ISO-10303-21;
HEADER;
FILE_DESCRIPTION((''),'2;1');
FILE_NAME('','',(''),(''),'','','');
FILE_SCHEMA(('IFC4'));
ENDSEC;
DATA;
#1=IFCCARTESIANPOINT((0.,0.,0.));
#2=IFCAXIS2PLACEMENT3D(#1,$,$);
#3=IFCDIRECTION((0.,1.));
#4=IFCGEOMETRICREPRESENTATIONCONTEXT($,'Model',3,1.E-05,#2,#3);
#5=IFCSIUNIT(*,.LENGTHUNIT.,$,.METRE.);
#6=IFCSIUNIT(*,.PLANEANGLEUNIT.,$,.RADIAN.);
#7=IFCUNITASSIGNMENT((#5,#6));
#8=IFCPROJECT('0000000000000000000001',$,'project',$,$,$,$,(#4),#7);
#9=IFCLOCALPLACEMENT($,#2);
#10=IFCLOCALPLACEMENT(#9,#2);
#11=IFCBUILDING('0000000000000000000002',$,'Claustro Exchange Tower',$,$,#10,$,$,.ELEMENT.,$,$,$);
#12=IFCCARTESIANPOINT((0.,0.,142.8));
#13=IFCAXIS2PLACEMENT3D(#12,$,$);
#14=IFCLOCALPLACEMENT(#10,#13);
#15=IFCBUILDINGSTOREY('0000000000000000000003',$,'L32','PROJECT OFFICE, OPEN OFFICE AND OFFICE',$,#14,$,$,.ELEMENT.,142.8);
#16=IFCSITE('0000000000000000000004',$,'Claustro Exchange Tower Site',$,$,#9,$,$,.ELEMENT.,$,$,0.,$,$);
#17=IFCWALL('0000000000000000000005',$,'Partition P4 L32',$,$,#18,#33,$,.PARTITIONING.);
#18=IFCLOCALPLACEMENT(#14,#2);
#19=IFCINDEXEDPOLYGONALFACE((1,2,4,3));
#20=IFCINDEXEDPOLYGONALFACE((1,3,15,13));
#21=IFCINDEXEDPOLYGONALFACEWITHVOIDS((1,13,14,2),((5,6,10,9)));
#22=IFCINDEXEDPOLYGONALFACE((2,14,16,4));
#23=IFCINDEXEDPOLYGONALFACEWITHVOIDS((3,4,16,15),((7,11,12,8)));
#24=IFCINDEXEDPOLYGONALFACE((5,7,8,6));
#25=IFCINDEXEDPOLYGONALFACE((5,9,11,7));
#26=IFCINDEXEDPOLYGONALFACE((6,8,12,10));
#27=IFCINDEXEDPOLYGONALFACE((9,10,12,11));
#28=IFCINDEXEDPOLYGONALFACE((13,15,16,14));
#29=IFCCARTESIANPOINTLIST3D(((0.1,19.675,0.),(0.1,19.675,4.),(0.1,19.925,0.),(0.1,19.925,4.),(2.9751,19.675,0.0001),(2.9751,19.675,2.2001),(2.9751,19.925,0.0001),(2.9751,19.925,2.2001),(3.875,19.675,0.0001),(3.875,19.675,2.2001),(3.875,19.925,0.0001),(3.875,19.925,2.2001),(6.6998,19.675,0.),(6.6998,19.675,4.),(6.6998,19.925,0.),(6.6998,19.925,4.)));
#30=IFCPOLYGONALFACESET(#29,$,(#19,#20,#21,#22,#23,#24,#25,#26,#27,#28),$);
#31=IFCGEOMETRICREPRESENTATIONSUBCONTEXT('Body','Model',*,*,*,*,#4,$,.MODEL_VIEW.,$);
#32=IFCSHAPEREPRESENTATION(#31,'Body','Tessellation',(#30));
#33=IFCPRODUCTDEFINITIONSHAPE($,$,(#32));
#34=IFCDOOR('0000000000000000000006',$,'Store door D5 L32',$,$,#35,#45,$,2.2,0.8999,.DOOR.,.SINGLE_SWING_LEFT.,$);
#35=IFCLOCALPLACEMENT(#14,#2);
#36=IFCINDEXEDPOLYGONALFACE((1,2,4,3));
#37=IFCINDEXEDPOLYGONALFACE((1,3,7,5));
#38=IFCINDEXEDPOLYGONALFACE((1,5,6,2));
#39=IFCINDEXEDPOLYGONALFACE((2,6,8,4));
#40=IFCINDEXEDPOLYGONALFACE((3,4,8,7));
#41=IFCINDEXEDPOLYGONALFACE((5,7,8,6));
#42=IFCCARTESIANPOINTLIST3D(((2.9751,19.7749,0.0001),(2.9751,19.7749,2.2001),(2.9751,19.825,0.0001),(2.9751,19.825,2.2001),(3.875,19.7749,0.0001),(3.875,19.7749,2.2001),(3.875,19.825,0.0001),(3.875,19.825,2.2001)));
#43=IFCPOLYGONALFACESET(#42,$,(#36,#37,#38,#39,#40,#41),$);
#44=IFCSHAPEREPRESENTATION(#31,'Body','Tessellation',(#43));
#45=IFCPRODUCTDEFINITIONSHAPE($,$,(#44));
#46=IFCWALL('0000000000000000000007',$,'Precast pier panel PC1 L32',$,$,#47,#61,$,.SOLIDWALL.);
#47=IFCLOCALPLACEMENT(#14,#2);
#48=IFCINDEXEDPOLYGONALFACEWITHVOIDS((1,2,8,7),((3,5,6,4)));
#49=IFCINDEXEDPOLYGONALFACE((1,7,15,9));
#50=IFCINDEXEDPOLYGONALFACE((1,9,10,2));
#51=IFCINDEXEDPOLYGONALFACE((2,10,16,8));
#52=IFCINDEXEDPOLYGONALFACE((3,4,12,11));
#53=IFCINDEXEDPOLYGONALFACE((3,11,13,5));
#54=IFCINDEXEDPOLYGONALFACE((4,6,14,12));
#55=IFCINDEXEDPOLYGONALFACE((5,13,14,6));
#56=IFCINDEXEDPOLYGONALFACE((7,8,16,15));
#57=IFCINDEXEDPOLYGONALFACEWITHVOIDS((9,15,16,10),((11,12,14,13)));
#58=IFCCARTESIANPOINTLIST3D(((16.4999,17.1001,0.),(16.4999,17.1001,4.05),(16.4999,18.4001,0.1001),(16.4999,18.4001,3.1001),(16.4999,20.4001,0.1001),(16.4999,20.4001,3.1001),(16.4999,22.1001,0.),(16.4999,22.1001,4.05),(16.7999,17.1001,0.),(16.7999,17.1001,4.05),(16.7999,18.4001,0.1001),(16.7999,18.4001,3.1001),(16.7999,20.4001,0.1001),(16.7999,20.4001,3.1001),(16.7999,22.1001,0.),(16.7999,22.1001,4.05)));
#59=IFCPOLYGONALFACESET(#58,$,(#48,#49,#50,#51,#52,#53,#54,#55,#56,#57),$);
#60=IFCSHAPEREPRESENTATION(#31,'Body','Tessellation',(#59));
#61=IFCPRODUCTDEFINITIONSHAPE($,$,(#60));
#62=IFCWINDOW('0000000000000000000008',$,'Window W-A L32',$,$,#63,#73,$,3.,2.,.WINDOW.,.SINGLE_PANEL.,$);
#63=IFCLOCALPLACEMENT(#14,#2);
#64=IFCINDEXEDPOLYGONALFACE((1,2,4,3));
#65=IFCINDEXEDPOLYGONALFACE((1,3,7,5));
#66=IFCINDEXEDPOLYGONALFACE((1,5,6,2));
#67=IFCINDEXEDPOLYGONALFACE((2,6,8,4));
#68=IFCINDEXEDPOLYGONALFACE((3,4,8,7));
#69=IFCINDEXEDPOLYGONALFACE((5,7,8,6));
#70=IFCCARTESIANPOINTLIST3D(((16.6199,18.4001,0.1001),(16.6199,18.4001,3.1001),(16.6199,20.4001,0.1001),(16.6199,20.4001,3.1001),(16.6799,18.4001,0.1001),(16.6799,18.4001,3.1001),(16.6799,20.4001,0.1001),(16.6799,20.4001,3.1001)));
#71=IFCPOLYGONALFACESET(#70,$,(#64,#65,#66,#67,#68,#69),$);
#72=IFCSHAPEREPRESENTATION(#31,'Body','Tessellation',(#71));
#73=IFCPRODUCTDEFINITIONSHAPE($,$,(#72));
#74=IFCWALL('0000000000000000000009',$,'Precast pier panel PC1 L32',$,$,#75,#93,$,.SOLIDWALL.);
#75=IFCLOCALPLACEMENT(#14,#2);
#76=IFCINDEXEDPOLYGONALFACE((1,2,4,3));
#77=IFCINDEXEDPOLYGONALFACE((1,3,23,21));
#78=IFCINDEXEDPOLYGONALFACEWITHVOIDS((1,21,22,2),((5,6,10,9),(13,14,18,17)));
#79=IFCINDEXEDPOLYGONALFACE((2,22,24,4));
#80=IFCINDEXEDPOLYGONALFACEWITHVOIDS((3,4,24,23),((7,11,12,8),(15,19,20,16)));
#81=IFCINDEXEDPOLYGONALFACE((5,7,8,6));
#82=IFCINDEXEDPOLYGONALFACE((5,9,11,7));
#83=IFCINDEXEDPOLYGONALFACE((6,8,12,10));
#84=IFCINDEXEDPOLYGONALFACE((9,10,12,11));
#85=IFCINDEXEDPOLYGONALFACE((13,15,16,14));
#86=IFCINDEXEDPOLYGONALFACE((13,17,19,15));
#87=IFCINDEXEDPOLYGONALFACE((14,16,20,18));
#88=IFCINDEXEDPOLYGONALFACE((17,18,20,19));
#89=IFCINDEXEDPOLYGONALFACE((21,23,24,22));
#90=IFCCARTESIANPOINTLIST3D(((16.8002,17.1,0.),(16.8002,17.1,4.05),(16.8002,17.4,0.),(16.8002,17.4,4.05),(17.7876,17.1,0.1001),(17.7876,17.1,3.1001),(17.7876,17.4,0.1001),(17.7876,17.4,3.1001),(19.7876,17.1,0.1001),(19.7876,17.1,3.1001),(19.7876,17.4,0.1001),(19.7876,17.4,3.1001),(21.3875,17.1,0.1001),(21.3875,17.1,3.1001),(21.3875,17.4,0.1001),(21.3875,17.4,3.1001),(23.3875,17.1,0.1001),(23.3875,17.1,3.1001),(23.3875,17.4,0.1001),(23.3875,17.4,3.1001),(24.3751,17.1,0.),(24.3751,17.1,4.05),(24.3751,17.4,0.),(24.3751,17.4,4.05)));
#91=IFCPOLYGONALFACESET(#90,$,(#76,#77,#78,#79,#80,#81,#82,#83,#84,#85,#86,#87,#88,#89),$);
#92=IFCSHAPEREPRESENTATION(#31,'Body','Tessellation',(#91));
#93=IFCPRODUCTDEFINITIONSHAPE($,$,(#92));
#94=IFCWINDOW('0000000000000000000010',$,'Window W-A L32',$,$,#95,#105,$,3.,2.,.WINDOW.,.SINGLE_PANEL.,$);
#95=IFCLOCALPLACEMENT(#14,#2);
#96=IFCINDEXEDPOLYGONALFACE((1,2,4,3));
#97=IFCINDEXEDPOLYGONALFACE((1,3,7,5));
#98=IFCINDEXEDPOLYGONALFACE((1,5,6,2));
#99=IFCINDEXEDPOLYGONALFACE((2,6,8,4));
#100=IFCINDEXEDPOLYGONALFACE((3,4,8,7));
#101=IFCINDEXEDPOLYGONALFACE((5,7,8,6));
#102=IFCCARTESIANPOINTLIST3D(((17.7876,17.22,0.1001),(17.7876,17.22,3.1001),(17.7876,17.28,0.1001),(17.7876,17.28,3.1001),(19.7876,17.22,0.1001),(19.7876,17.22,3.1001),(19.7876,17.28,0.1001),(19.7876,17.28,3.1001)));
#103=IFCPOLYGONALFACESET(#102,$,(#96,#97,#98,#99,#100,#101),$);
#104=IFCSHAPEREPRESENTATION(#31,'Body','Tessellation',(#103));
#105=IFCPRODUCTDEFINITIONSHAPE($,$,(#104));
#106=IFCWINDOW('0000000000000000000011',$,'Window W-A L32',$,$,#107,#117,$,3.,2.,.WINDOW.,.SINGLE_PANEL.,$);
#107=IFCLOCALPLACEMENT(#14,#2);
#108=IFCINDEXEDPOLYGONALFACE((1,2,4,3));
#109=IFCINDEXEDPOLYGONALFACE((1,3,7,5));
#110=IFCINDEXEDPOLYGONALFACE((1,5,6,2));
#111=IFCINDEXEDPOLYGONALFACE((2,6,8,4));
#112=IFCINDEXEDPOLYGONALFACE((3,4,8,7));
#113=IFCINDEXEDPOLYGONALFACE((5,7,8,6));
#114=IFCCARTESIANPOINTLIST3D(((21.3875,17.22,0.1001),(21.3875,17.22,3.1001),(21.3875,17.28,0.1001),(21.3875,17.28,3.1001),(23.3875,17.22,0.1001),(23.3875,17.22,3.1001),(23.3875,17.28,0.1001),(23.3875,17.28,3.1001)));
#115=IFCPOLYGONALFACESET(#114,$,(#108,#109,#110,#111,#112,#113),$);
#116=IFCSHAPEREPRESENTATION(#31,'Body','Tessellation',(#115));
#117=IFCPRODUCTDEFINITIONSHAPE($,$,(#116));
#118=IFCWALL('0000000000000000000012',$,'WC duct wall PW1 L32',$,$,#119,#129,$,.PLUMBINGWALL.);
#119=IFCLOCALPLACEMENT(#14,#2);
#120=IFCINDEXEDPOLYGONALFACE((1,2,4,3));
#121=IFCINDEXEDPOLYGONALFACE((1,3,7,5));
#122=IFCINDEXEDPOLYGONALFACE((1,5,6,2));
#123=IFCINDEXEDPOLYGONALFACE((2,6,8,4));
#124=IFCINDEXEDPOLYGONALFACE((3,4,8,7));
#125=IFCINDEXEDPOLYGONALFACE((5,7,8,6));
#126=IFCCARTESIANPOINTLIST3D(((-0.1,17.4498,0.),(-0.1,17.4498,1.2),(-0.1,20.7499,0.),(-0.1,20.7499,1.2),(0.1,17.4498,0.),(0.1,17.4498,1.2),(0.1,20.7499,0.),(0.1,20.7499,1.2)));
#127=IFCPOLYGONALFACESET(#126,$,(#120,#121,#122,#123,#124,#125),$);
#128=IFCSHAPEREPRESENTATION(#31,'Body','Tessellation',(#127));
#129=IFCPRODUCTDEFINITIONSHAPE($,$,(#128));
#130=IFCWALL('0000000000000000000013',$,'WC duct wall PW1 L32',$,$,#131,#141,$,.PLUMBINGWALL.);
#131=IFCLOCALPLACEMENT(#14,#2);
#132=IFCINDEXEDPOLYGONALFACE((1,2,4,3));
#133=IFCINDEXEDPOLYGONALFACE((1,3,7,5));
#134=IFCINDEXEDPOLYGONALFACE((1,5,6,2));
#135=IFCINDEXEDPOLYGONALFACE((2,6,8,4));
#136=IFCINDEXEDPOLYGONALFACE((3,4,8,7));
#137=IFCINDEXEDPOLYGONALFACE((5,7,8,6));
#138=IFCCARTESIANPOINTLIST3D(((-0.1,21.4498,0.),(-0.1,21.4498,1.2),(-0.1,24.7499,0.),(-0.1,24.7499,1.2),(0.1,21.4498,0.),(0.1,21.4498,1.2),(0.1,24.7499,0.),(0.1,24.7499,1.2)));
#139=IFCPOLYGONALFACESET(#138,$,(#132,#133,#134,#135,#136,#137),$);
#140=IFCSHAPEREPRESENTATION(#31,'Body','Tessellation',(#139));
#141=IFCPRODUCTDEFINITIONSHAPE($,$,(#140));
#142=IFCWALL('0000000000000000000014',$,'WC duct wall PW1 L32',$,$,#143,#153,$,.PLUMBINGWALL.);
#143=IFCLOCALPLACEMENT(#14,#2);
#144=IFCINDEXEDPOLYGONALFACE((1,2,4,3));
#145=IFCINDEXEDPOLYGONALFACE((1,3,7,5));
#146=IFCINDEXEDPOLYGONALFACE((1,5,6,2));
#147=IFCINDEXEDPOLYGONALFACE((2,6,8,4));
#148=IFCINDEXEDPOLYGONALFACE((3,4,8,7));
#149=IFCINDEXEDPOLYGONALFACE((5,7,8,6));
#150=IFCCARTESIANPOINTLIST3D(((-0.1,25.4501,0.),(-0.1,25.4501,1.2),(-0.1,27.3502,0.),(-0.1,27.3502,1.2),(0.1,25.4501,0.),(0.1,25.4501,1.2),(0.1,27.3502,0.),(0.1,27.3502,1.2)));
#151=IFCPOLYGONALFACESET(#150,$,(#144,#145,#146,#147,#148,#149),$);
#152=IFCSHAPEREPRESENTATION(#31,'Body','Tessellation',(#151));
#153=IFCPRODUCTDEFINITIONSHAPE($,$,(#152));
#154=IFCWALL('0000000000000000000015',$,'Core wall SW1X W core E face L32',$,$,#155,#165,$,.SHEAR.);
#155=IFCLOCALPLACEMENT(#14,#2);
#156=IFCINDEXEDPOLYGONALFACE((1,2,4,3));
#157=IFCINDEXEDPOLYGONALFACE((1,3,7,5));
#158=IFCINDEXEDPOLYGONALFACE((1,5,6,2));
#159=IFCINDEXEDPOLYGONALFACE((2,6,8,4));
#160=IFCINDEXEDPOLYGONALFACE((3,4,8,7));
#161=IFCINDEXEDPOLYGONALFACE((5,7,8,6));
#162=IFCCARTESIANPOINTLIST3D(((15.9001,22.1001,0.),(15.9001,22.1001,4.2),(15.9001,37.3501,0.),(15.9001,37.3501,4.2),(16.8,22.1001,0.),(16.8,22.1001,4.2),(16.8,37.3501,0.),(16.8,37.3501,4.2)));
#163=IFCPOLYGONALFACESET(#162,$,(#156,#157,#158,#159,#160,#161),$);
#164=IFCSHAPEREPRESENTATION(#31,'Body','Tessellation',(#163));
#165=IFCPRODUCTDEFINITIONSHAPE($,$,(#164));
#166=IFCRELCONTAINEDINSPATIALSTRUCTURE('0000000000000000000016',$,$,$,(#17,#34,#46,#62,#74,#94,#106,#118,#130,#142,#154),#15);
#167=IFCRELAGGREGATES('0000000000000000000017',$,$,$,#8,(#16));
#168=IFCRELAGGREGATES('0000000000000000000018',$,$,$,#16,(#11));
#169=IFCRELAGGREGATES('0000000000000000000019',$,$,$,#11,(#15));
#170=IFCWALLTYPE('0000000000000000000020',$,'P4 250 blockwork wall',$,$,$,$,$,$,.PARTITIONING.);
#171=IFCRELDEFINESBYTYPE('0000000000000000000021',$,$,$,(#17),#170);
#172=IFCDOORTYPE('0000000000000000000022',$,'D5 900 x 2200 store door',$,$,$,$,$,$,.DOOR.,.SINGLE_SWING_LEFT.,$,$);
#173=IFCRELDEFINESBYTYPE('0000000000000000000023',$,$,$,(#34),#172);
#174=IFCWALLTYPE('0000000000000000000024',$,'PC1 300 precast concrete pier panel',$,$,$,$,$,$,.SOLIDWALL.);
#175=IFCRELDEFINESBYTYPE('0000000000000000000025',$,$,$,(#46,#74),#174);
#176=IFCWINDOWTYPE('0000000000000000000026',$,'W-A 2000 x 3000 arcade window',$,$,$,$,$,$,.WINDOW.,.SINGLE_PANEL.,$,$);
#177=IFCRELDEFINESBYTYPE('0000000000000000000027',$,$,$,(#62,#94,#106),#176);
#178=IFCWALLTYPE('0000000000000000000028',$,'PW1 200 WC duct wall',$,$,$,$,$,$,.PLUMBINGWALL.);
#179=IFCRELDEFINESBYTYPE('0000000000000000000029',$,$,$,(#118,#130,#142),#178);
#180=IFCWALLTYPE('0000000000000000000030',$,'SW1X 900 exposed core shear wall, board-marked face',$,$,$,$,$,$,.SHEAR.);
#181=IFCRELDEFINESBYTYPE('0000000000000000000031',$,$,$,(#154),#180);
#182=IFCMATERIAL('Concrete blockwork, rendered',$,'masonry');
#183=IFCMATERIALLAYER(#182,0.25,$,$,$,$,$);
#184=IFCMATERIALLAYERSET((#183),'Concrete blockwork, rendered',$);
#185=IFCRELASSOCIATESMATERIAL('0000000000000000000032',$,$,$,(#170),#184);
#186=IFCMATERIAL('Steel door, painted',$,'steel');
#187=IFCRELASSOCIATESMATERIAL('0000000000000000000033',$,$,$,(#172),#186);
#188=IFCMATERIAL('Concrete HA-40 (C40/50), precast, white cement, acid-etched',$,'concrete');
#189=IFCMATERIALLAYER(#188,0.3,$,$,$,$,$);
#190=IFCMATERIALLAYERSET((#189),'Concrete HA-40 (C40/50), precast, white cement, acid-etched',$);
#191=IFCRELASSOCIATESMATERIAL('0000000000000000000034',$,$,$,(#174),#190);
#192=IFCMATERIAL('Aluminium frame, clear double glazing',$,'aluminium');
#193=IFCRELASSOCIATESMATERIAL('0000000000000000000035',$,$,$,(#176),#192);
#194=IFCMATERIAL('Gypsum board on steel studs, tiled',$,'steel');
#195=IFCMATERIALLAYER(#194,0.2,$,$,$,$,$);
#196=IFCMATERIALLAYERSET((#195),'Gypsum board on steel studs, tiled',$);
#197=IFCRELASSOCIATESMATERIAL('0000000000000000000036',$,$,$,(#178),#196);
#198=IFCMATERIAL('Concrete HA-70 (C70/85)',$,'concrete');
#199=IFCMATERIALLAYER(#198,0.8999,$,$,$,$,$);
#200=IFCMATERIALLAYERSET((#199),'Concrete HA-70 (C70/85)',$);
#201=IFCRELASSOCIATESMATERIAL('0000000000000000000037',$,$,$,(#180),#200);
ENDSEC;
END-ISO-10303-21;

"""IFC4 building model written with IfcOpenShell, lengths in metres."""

from ifc_helpers import new_model, si_unit, direction, frame, frame_2d, origin, place, context, subcontext, project, spatial, rectangle, extrude, material, layer, layer_set, type_object, element, fill, save


model = new_model("IFC4")

# Units and contexts
model_context = context("Model", 3, precision=1e-05, world=origin(), true_north=direction((0.0, 1.0)))
body_context = subcontext(model_context, "Body", "Model", "MODEL_VIEW")
ifc_project = project(units=[si_unit("LENGTHUNIT", "METRE"), si_unit("PLANEANGLEUNIT", "RADIAN")], contexts=[model_context])

# Site, building, storey
site_placement = place(None, origin())
site = spatial("IfcSite", under=ifc_project, at=site_placement, Name="Claustro Exchange Tower Site", CompositionType="ELEMENT", RefElevation=0.0)
building_placement = place(site_placement, origin())
building = spatial("IfcBuilding", under=site, at=building_placement, Name="Claustro Exchange Tower", CompositionType="ELEMENT")
storey_placement = place(building_placement, frame((0.0, 0.0, 142.8)))
storey = spatial("IfcBuildingStorey", under=building, at=storey_placement, Name="L32", Description="PROJECT OFFICE, OPEN OFFICE AND OFFICE", CompositionType="ELEMENT", Elevation=142.8)

# Wall, opening, door
ifc_material_1 = material(Name="Concrete blockwork, rendered", Category="masonry")
ifc_layer_1 = layer(ifc_material_1, 0.25)
ifc_layer_set_1 = layer_set([ifc_layer_1], Name="Concrete blockwork, rendered")
wall_type_1 = type_object("IfcWallType", Name="P4 250 blockwork wall", PredefinedType="PARTITIONING", material=ifc_layer_set_1)
wall_1_placement = place(storey_placement, frame((0.1001, 19.8, 0.0), z_axis=(0.0, 0.0, 1.0), x_axis=(1.0, 0.0, 0.0)))
wall_1 = element("IfcWall", 1, at=wall_1_placement, inside=storey, type_object=wall_type_1, Name="Partition P4 L32", PredefinedType="PARTITIONING", context=body_context, shape_type="SweptSolid", body=[
    extrude(rectangle(XDim=6.5999, YDim=0.25, at=frame_2d((3.2998, 0.0))), origin(), (0.0, 0.0, 1.0), 4.0),
])
opening_1_placement = place(wall_1_placement, frame((2.875, 0.0, 0.0)))
opening_1 = element("IfcOpeningElement", 2, at=opening_1_placement, cuts=wall_1, PredefinedType="OPENING", context=body_context, shape_type="SweptSolid", body=[
    extrude(rectangle(XDim=0.8999, YDim=2.2, at=frame_2d((0.45, 1.1001))), frame((0.0, 0.135, 0.0), z_axis=(0.0, -1.0, 0.0), x_axis=(1.0, 0.0, 0.0)), (0.0, 0.0, 1.0), 0.27),
])
ifc_material_2 = material(Name="Steel door, painted", Category="steel")
door_type_1 = type_object("IfcDoorType", Name="D5 900 x 2200 store door", OperationType="SINGLE_SWING_LEFT", PredefinedType="DOOR", material=ifc_material_2)
door_1_placement = place(opening_1_placement, origin())
door_1 = element("IfcDoor", 3, at=door_1_placement, inside=storey, type_object=door_type_1, Name="Store door D5 L32", OperationType="SINGLE_SWING_LEFT", OverallHeight=2.2, OverallWidth=0.8999, PredefinedType="DOOR", context=body_context, shape_type="SweptSolid", body=[
    extrude(rectangle(XDim=0.8999, YDim=2.2, at=frame_2d((0.45, 1.1001))), frame((0.0, 0.0249, 0.0), z_axis=(0.0, -1.0, 0.0), x_axis=(1.0, 0.0, 0.0)), (0.0, 0.0, 1.0), 0.05),
])
fill(opening_1, door_1)

# Wall, opening, window
ifc_material_3 = material(Name="Concrete HA-40 (C40/50), precast, white cement, acid-etched", Category="concrete")
ifc_layer_2 = layer(ifc_material_3, 0.3)
ifc_layer_set_2 = layer_set([ifc_layer_2], Name="Concrete HA-40 (C40/50), precast, white cement, acid-etched")
wall_type_2 = type_object("IfcWallType", Name="PC1 300 precast concrete pier panel", PredefinedType="SOLIDWALL", material=ifc_layer_set_2)
wall_2_placement = place(storey_placement, frame((16.6499, 17.1001, 0.0), z_axis=(0.0, 0.0, 1.0), x_axis=(0.0, 1.0, 0.0)))
wall_2 = element("IfcWall", 4, at=wall_2_placement, inside=storey, type_object=wall_type_2, Name="Precast pier panel PC1 L32", PredefinedType="SOLIDWALL", context=body_context, shape_type="SweptSolid", body=[
    extrude(rectangle(XDim=5.0, YDim=0.3, at=frame_2d((2.5, 0.0))), origin(), (0.0, 0.0, 1.0), 4.05),
])
opening_2_placement = place(wall_2_placement, frame((1.3, 0.0, 0.1001)))
opening_2 = element("IfcOpeningElement", 5, at=opening_2_placement, cuts=wall_2, PredefinedType="OPENING", context=body_context, shape_type="SweptSolid", body=[
    extrude(rectangle(XDim=2.0, YDim=3.0, at=frame_2d((1.0, 1.5))), frame((0.0, 0.1599, 0.0), z_axis=(0.0, -1.0, 0.0), x_axis=(1.0, 0.0, 0.0)), (0.0, 0.0, 1.0), 0.3201),
])
ifc_material_4 = material(Name="Aluminium frame, clear double glazing", Category="aluminium")
window_type = type_object("IfcWindowType", Name="W-A 2000 x 3000 arcade window", PartitioningType="SINGLE_PANEL", PredefinedType="WINDOW", material=ifc_material_4)
window_1_placement = place(opening_2_placement, origin())
window_1 = element("IfcWindow", 6, at=window_1_placement, inside=storey, type_object=window_type, Name="Window W-A L32", OverallHeight=3.0, OverallWidth=2.0, PartitioningType="SINGLE_PANEL", PredefinedType="WINDOW", context=body_context, shape_type="SweptSolid", body=[
    extrude(rectangle(XDim=2.0, YDim=3.0, at=frame_2d((1.0, 1.5))), frame((0.0, 0.03, 0.0), z_axis=(0.0, -1.0, 0.0), x_axis=(1.0, 0.0, 0.0)), (0.0, 0.0, 1.0), 0.0601),
])
fill(opening_2, window_1)

# Wall, openings, windows
wall_3_placement = place(storey_placement, frame((16.8, 17.25, 0.0), z_axis=(0.0, 0.0, 1.0), x_axis=(1.0, 0.0, 0.0)))
wall_3 = element("IfcWall", 7, at=wall_3_placement, inside=storey, type_object=wall_type_2, Name="Precast pier panel PC1 L32", PredefinedType="SOLIDWALL", context=body_context, shape_type="SweptSolid", body=[
    extrude(rectangle(XDim=7.575, YDim=0.3, at=frame_2d((3.7876, 0.0))), origin(), (0.0, 0.0, 1.0), 4.05),
])
opening_3_placement = place(wall_3_placement, frame((0.9875, 0.0, 0.1001)))
opening_3 = element("IfcOpeningElement", 8, at=opening_3_placement, cuts=wall_3, PredefinedType="OPENING", context=body_context, shape_type="SweptSolid", body=[
    extrude(rectangle(XDim=2.0, YDim=3.0, at=frame_2d((1.0, 1.5))), frame((0.0, 0.1599, 0.0), z_axis=(0.0, -1.0, 0.0), x_axis=(1.0, 0.0, 0.0)), (0.0, 0.0, 1.0), 0.3201),
])
opening_4_placement = place(wall_3_placement, frame((4.5874, 0.0, 0.1001)))
opening_4 = element("IfcOpeningElement", 9, at=opening_4_placement, cuts=wall_3, PredefinedType="OPENING", context=body_context, shape_type="SweptSolid", body=[
    extrude(rectangle(XDim=2.0, YDim=3.0, at=frame_2d((1.0, 1.5))), frame((0.0, 0.1599, 0.0), z_axis=(0.0, -1.0, 0.0), x_axis=(1.0, 0.0, 0.0)), (0.0, 0.0, 1.0), 0.3201),
])
window_2_placement = place(opening_3_placement, origin())
window_2 = element("IfcWindow", 10, at=window_2_placement, inside=storey, type_object=window_type, Name="Window W-A L32", OverallHeight=3.0, OverallWidth=2.0, PartitioningType="SINGLE_PANEL", PredefinedType="WINDOW", context=body_context, shape_type="SweptSolid", body=[
    extrude(rectangle(XDim=2.0, YDim=3.0, at=frame_2d((1.0, 1.5))), frame((0.0, 0.03, 0.0), z_axis=(0.0, -1.0, 0.0), x_axis=(1.0, 0.0, 0.0)), (0.0, 0.0, 1.0), 0.0601),
])
fill(opening_3, window_2)
window_3_placement = place(opening_4_placement, origin())
window_3 = element("IfcWindow", 11, at=window_3_placement, inside=storey, type_object=window_type, Name="Window W-A L32", OverallHeight=3.0, OverallWidth=2.0, PartitioningType="SINGLE_PANEL", PredefinedType="WINDOW", context=body_context, shape_type="SweptSolid", body=[
    extrude(rectangle(XDim=2.0, YDim=3.0, at=frame_2d((1.0, 1.5))), frame((0.0, 0.03, 0.0), z_axis=(0.0, -1.0, 0.0), x_axis=(1.0, 0.0, 0.0)), (0.0, 0.0, 1.0), 0.0601),
])
fill(opening_4, window_3)

# Walls
ifc_material_5 = material(Name="Gypsum board on steel studs, tiled", Category="steel")
ifc_layer_3 = layer(ifc_material_5, 0.2)
ifc_layer_set_3 = layer_set([ifc_layer_3], Name="Gypsum board on steel studs, tiled")
wall_type_3 = type_object("IfcWallType", Name="PW1 200 WC duct wall", PredefinedType="PLUMBINGWALL", material=ifc_layer_set_3)
for number, where, z_axis, x_axis, name in (
    (12, (0.0, 17.45, 0.0), (0.0, 0.0, 1.0), (0.0, 1.0, 0.0), "WC duct wall PW1 L32"),
    (13, (0.0, 21.45, 0.0), (0.0, 0.0, 1.0), (0.0, 1.0, 0.0), "WC duct wall PW1 L32"),
):
    element("IfcWall", number, at=place(storey_placement, frame(where, z_axis=z_axis, x_axis=x_axis)), inside=storey, type_object=wall_type_3, Name=name, PredefinedType="PLUMBINGWALL", context=body_context, shape_type="SweptSolid", body=[
        extrude(rectangle(XDim=3.3, YDim=0.2, at=frame_2d((1.6499, 0.0))), origin(), (0.0, 0.0, 1.0), 1.2),
    ])
wall_4_placement = place(storey_placement, frame((0.0, 25.45, 0.0), z_axis=(0.0, 0.0, 1.0), x_axis=(0.0, 1.0, 0.0)))
element("IfcWall", 14, at=wall_4_placement, inside=storey, type_object=wall_type_3, Name="WC duct wall PW1 L32", PredefinedType="PLUMBINGWALL", context=body_context, shape_type="SweptSolid", body=[
    extrude(rectangle(XDim=1.9001, YDim=0.2, at=frame_2d((0.9502, 0.0))), origin(), (0.0, 0.0, 1.0), 1.2),
])
ifc_material_6 = material(Name="Concrete HA-70 (C70/85)", Category="concrete")
ifc_layer_4 = layer(ifc_material_6, 0.8999)
ifc_layer_set_4 = layer_set([ifc_layer_4], Name="Concrete HA-70 (C70/85)")
wall_type_4 = type_object("IfcWallType", Name="SW1X 900 exposed core shear wall, board-marked face", PredefinedType="SHEAR", material=ifc_layer_set_4)
wall_5_placement = place(storey_placement, frame((16.3501, 22.1001, 0.0), z_axis=(0.0, 0.0, 1.0), x_axis=(0.0, 1.0, 0.0)))
element("IfcWall", 15, at=wall_5_placement, inside=storey, type_object=wall_type_4, Name="Core wall SW1X W core E face L32", PredefinedType="SHEAR", context=body_context, shape_type="SweptSolid", body=[
    extrude(rectangle(XDim=15.25, YDim=0.8999, at=frame_2d((7.625, 0.0))), origin(), (0.0, 0.0, 1.0), 4.2),
])

save(model, "model.ifc")
